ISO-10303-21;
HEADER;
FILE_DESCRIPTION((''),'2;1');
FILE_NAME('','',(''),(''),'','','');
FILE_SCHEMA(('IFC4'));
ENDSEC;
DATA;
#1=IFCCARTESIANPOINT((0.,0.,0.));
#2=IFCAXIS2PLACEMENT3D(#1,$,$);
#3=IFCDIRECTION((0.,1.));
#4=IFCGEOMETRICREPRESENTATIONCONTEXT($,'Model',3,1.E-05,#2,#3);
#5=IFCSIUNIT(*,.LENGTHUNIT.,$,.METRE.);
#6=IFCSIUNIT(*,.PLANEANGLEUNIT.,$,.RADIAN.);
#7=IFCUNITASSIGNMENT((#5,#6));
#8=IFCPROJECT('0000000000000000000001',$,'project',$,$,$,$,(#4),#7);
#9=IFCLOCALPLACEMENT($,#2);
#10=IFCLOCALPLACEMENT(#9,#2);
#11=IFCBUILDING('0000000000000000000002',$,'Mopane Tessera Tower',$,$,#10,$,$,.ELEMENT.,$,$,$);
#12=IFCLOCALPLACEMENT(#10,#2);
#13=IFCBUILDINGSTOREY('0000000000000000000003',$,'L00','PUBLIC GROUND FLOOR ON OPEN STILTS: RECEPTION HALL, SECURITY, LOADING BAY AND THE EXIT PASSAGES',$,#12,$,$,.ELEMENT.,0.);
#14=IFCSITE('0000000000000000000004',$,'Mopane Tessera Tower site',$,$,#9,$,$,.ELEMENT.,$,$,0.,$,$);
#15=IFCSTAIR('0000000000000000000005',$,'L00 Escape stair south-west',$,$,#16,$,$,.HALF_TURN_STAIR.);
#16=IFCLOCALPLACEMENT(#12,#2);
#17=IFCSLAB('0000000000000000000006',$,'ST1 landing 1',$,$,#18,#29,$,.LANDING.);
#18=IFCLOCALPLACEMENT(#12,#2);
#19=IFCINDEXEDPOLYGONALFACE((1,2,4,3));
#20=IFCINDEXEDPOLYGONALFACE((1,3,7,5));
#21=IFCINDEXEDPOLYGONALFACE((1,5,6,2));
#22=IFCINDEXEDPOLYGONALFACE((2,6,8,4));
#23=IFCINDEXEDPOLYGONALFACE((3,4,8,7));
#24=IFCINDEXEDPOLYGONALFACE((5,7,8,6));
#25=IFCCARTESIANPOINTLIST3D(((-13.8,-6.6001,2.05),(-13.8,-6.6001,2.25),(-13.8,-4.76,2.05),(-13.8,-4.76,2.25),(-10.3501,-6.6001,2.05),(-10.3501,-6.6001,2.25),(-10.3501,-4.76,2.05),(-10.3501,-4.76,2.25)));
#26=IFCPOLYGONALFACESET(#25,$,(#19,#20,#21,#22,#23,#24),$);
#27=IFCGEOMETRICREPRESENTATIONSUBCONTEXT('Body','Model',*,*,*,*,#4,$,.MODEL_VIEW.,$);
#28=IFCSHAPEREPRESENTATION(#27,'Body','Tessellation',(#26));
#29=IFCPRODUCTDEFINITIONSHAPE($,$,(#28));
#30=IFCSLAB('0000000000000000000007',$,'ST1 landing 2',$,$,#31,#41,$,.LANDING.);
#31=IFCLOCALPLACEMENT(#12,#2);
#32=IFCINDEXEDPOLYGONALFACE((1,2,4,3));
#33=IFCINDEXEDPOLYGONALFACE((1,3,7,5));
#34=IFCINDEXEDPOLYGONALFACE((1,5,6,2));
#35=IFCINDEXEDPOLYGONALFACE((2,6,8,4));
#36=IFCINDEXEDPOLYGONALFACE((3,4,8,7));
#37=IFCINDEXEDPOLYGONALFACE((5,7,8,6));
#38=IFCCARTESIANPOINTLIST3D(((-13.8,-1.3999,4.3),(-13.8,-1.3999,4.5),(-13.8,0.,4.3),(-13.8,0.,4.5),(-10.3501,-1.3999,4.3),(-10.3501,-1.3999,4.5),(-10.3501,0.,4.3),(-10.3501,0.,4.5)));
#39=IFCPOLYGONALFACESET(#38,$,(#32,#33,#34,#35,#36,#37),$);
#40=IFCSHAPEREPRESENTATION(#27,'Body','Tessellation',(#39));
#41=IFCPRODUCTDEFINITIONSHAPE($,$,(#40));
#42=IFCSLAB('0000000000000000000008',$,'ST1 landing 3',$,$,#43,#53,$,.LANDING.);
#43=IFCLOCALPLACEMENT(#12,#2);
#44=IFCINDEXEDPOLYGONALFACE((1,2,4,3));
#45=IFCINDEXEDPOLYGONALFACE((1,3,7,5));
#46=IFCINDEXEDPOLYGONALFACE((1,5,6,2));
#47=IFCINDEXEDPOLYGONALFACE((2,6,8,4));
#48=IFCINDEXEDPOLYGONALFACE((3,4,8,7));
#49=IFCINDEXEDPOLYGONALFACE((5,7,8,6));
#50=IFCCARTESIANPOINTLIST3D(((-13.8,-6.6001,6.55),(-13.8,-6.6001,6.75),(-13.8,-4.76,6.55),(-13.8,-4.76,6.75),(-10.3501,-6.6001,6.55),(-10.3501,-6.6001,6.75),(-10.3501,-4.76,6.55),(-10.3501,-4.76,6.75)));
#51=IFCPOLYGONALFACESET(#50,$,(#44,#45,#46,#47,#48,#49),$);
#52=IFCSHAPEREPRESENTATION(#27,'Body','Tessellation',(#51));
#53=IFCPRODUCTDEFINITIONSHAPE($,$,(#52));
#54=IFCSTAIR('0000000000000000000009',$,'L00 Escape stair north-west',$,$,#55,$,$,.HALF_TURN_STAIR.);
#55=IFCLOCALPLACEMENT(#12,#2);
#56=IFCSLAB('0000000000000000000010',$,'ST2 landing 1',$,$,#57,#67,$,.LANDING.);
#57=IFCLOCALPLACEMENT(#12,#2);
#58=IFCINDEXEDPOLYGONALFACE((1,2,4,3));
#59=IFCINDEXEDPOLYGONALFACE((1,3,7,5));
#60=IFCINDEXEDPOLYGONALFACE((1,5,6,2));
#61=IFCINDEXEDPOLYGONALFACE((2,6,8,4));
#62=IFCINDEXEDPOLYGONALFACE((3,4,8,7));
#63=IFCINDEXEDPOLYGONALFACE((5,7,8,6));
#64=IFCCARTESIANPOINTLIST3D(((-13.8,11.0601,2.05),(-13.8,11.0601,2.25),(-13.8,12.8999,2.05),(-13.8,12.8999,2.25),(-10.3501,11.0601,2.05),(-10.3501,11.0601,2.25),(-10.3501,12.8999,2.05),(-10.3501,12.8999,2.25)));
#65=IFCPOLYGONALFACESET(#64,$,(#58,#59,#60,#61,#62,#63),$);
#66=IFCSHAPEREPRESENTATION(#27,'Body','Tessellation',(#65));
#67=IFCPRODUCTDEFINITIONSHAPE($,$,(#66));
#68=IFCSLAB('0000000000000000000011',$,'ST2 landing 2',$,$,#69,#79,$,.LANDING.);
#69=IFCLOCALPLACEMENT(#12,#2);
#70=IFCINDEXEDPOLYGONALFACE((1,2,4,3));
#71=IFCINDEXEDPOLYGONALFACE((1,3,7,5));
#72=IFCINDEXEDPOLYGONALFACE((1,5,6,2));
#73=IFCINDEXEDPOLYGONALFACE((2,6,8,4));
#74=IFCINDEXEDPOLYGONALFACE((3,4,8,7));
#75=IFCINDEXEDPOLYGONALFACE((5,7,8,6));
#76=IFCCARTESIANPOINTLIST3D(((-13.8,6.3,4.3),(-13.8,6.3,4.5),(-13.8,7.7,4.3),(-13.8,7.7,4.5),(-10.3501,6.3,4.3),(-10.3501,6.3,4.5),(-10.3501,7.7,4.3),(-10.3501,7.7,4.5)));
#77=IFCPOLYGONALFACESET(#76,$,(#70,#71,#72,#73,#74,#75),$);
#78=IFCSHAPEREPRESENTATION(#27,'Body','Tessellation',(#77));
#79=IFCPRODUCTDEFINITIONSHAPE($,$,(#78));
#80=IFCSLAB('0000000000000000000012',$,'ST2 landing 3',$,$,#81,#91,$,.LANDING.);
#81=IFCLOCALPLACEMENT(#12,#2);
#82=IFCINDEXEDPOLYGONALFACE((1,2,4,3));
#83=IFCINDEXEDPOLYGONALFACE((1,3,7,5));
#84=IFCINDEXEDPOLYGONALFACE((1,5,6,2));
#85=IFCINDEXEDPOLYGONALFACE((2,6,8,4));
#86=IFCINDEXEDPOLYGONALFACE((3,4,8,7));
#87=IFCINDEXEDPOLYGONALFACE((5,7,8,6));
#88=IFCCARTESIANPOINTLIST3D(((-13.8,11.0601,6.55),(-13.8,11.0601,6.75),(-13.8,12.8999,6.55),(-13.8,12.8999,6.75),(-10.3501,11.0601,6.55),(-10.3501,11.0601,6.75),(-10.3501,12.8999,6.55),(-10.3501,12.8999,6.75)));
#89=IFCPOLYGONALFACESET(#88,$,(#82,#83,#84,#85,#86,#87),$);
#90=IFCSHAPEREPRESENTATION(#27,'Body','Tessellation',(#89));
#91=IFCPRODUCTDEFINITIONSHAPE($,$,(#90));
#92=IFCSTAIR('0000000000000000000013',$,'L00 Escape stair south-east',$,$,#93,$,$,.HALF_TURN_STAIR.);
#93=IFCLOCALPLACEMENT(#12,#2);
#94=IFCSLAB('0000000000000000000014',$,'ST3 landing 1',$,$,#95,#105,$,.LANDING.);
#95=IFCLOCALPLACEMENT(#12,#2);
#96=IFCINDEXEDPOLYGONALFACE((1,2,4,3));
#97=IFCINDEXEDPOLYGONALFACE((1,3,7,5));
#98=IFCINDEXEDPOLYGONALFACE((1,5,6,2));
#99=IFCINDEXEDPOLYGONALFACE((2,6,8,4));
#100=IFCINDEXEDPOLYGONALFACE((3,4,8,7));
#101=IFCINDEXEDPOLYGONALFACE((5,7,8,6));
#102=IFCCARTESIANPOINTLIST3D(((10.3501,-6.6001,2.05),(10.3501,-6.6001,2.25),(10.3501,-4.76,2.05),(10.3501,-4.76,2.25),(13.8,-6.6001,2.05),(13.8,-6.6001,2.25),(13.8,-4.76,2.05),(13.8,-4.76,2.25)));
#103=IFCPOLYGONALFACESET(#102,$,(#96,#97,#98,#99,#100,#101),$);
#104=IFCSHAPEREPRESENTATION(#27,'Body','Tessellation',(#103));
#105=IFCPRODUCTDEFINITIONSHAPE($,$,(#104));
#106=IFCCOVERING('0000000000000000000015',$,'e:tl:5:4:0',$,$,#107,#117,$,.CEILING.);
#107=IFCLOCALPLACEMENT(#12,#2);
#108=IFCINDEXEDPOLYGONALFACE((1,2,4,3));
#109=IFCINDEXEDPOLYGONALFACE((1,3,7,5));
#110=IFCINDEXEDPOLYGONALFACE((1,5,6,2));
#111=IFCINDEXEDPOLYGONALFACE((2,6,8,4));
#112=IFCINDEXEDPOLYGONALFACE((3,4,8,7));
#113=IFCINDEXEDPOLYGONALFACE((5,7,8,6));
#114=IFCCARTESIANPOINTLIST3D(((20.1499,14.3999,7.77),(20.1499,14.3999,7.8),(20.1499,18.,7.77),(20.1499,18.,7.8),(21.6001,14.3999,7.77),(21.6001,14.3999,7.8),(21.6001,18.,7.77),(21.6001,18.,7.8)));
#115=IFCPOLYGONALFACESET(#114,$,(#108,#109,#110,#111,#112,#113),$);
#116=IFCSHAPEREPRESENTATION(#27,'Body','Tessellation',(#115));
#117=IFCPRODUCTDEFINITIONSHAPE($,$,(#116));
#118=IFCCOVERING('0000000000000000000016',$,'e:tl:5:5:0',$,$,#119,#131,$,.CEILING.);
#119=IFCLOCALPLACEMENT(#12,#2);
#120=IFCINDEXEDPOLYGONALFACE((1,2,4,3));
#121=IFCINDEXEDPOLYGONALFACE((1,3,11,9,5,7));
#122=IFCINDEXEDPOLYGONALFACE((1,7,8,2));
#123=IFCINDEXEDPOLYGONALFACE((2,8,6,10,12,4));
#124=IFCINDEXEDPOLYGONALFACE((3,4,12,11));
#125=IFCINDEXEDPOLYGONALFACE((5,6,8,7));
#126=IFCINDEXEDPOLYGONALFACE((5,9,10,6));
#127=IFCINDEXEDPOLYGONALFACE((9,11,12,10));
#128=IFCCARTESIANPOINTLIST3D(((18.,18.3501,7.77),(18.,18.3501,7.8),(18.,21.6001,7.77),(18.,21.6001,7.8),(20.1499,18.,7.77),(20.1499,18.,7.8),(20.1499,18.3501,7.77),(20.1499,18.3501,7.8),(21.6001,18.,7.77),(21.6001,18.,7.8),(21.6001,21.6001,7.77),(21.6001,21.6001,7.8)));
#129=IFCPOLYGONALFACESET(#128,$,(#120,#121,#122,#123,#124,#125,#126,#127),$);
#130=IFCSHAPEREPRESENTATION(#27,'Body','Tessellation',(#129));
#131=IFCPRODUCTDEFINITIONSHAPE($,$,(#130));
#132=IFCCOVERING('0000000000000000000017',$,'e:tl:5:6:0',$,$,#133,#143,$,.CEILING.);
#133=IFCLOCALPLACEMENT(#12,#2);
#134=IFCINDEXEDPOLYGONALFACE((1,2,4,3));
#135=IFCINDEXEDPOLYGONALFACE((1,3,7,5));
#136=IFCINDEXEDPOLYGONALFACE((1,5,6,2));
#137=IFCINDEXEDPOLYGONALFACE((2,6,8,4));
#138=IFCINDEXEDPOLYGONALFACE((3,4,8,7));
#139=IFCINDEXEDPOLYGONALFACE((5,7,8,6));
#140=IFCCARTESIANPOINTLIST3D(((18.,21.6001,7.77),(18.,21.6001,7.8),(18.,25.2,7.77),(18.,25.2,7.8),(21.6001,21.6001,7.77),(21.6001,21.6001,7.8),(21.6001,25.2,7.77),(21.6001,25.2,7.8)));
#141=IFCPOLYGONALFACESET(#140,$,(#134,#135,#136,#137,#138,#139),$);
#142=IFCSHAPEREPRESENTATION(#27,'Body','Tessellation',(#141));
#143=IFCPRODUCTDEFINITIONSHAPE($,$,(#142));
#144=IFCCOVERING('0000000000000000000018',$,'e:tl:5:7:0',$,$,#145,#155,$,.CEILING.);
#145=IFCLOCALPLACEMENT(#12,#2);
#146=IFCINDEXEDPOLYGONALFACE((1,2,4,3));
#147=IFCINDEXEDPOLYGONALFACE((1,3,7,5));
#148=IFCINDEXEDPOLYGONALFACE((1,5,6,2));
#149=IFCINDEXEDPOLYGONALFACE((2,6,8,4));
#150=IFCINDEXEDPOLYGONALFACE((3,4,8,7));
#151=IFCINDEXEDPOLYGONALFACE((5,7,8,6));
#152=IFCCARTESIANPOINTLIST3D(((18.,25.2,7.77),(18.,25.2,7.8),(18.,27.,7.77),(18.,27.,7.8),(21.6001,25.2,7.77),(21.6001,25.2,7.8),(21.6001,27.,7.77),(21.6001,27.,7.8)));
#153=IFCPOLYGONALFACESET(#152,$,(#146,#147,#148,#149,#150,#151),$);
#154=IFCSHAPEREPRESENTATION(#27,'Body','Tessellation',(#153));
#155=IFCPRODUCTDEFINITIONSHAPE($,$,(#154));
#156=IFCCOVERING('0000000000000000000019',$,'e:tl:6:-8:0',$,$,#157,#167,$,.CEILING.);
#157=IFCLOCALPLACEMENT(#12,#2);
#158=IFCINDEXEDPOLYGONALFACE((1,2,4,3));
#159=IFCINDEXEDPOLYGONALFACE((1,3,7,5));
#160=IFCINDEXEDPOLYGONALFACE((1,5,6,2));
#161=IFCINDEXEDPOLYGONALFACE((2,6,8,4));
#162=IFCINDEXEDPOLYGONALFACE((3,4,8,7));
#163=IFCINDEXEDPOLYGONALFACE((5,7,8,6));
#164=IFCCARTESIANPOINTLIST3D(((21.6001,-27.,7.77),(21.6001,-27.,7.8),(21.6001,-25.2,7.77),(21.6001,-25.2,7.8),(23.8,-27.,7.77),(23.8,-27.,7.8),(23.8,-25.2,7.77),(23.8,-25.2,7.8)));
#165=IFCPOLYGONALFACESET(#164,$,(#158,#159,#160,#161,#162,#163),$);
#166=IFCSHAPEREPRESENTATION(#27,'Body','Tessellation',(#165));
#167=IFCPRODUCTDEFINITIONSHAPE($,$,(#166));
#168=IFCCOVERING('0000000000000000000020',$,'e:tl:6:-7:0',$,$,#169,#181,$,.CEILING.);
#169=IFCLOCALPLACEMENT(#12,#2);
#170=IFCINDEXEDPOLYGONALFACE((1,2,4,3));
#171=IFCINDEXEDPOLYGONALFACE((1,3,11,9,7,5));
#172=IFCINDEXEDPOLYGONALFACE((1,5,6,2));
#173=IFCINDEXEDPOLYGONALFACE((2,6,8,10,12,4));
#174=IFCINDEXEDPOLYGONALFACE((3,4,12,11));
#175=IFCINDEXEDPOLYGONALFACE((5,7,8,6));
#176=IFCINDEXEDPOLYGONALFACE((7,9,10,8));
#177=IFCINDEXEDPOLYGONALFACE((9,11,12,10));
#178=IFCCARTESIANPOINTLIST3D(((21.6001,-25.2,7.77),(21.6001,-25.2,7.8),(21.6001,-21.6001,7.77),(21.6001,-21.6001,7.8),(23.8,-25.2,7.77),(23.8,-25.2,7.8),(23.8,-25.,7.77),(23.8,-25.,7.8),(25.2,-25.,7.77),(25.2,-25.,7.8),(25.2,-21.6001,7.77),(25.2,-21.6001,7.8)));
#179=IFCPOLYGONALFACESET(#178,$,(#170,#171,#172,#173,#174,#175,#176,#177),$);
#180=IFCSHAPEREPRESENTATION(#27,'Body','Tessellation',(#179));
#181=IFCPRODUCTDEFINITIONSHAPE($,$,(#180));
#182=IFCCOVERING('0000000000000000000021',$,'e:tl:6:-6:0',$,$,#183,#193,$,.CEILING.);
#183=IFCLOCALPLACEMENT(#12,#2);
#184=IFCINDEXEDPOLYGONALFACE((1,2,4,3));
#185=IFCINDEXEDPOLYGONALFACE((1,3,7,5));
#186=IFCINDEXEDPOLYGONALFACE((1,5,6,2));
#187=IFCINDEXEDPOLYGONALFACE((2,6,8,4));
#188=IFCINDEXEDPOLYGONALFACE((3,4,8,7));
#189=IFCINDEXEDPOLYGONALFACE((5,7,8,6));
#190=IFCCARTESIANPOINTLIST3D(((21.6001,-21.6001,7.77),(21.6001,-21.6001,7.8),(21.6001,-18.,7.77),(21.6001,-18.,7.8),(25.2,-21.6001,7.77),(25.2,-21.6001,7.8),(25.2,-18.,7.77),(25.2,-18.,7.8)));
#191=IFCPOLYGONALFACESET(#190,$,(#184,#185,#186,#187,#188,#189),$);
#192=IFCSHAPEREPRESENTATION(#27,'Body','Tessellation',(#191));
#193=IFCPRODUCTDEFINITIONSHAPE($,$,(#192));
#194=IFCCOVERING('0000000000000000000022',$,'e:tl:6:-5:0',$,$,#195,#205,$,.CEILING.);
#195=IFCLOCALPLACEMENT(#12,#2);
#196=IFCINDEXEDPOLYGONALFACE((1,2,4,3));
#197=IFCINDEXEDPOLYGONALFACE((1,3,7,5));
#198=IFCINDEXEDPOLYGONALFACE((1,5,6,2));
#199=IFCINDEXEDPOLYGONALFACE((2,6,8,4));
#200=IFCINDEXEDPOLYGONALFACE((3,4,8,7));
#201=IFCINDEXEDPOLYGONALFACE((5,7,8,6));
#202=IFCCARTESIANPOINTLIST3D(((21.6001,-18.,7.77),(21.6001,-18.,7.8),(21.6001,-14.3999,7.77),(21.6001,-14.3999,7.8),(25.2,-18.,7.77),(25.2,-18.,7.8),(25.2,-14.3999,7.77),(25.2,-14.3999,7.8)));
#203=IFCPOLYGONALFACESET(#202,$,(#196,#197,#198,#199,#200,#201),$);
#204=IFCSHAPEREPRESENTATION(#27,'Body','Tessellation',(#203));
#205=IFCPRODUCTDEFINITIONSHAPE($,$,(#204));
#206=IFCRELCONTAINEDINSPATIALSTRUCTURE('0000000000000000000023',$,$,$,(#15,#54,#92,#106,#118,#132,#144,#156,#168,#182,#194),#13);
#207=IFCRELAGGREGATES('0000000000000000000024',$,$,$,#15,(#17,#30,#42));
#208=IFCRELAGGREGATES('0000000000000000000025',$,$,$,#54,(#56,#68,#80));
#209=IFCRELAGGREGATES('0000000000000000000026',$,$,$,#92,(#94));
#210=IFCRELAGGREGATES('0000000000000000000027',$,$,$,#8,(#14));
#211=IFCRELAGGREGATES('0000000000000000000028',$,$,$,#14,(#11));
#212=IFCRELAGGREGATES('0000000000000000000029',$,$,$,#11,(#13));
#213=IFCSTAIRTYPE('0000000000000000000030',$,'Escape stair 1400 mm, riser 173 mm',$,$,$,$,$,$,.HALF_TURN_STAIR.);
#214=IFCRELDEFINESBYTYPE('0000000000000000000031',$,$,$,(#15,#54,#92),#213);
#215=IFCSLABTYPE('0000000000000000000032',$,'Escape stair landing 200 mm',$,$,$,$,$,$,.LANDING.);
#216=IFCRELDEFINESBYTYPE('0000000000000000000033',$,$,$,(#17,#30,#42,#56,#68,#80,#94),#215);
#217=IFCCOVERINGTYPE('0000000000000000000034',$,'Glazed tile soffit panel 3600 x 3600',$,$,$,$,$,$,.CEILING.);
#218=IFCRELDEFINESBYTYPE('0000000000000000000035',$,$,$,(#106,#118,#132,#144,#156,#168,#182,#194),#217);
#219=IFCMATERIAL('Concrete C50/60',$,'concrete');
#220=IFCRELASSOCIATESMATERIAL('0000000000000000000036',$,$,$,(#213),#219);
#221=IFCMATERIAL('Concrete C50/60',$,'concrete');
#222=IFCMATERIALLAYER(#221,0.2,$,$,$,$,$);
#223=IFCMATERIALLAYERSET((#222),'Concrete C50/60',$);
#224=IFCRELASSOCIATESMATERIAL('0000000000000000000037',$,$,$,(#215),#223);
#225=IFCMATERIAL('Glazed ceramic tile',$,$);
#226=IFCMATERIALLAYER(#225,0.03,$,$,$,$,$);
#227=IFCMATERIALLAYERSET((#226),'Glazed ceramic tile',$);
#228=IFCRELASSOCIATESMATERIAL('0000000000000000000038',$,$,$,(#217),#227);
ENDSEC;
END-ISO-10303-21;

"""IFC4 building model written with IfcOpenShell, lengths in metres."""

from ifc_helpers import new_model, si_unit, direction, frame, origin, place, context, subcontext, project, spatial, polyline, outline, extrude, material, layer, layer_set, type_object, element, aggregate, save


model = new_model("IFC4")

# Units and contexts
model_context = context("Model", 3, precision=1e-05, world=origin(), true_north=direction((0.0, 1.0)))
body_context = subcontext(model_context, "Body", "Model", "MODEL_VIEW")
ifc_project = project(units=[si_unit("LENGTHUNIT", "METRE"), si_unit("PLANEANGLEUNIT", "RADIAN")], contexts=[model_context])

# Site, building, storey
site_placement = place(None, origin())
site = spatial("IfcSite", under=ifc_project, at=site_placement, Name="Mopane Tessera Tower site", CompositionType="ELEMENT", RefElevation=0.0)
building_placement = place(site_placement, origin())
building = spatial("IfcBuilding", under=site, at=building_placement, Name="Mopane Tessera Tower", CompositionType="ELEMENT")
storey_placement = place(building_placement, origin())
storey = spatial("IfcBuildingStorey", under=building, at=storey_placement, Name="L00", Description="PUBLIC GROUND FLOOR ON OPEN STILTS: RECEPTION HALL, SECURITY, LOADING BAY AND THE EXIT PASSAGES", CompositionType="ELEMENT", Elevation=0.0)

# Stairs, slabs
ifc_material_1 = material(Name="Concrete C50/60", Category="concrete")
stair_type = type_object("IfcStairType", Name="Escape stair 1400 mm, riser 173 mm", PredefinedType="HALF_TURN_STAIR", material=ifc_material_1)
stair_1_placement = place(storey_placement, origin())
stair_1 = element("IfcStair", 1, at=stair_1_placement, inside=storey, type_object=stair_type, Name="L00 Escape stair south-west", PredefinedType="HALF_TURN_STAIR")
ifc_material_2 = material(Name="Concrete C50/60", Category="concrete")
ifc_layer_1 = layer(ifc_material_2, 0.2)
ifc_layer_set_1 = layer_set([ifc_layer_1], Name="Concrete C50/60")
slab_type = type_object("IfcSlabType", Name="Escape stair landing 200 mm", PredefinedType="LANDING", material=ifc_layer_set_1)
slab_1_placement = place(storey_placement, frame((0.0, 0.0, 2.05)))
slab_1 = element("IfcSlab", 2, at=slab_1_placement, type_object=slab_type, Name="ST1 landing 1", PredefinedType="LANDING", context=body_context, shape_type="SweptSolid", body=[
    extrude(outline(polyline([(-13.8, -4.76), (-13.8, -6.6001), (-10.3501, -6.6001), (-10.3501, -4.76), (-13.8, -4.76)])), origin(), (0.0, 0.0, 1.0), 0.2),
])
slab_2_placement = place(storey_placement, frame((0.0, 0.0, 4.3)))
slab_2 = element("IfcSlab", 3, at=slab_2_placement, type_object=slab_type, Name="ST1 landing 2", PredefinedType="LANDING", context=body_context, shape_type="SweptSolid", body=[
    extrude(outline(polyline([(-13.8, 0.0), (-13.8, -1.3999), (-10.3501, -1.3999), (-10.3501, 0.0), (-13.8, 0.0)])), origin(), (0.0, 0.0, 1.0), 0.2),
])
slab_3_placement = place(storey_placement, frame((0.0, 0.0, 6.55)))
slab_3 = element("IfcSlab", 4, at=slab_3_placement, type_object=slab_type, Name="ST1 landing 3", PredefinedType="LANDING", context=body_context, shape_type="SweptSolid", body=[
    extrude(outline(polyline([(-13.8, -4.76), (-13.8, -6.6001), (-10.3501, -6.6001), (-10.3501, -4.76), (-13.8, -4.76)])), origin(), (0.0, 0.0, 1.0), 0.2),
])
aggregate(stair_1, [slab_1, slab_2, slab_3])
stair_2_placement = place(storey_placement, origin())
stair_2 = element("IfcStair", 5, at=stair_2_placement, inside=storey, type_object=stair_type, Name="L00 Escape stair north-west", PredefinedType="HALF_TURN_STAIR")
slab_4_placement = place(storey_placement, frame((0.0, 0.0, 2.05)))
slab_4 = element("IfcSlab", 6, at=slab_4_placement, type_object=slab_type, Name="ST2 landing 1", PredefinedType="LANDING", context=body_context, shape_type="SweptSolid", body=[
    extrude(outline(polyline([(-10.3501, 11.0601), (-10.3501, 12.8999), (-13.8, 12.8999), (-13.8, 11.0601), (-10.3501, 11.0601)])), origin(), (0.0, 0.0, 1.0), 0.2),
])
slab_5_placement = place(storey_placement, frame((0.0, 0.0, 4.3)))
slab_5 = element("IfcSlab", 7, at=slab_5_placement, type_object=slab_type, Name="ST2 landing 2", PredefinedType="LANDING", context=body_context, shape_type="SweptSolid", body=[
    extrude(outline(polyline([(-10.3501, 6.3), (-10.3501, 7.7), (-13.8, 7.7), (-13.8, 6.3), (-10.3501, 6.3)])), origin(), (0.0, 0.0, 1.0), 0.2),
])
slab_6_placement = place(storey_placement, frame((0.0, 0.0, 6.55)))
slab_6 = element("IfcSlab", 8, at=slab_6_placement, type_object=slab_type, Name="ST2 landing 3", PredefinedType="LANDING", context=body_context, shape_type="SweptSolid", body=[
    extrude(outline(polyline([(-10.3501, 11.0601), (-10.3501, 12.8999), (-13.8, 12.8999), (-13.8, 11.0601), (-10.3501, 11.0601)])), origin(), (0.0, 0.0, 1.0), 0.2),
])
aggregate(stair_2, [slab_4, slab_5, slab_6])

# Stair, slab
stair_3_placement = place(storey_placement, origin())
stair_3 = element("IfcStair", 9, at=stair_3_placement, inside=storey, type_object=stair_type, Name="L00 Escape stair south-east", PredefinedType="HALF_TURN_STAIR")
slab_7_placement = place(storey_placement, frame((0.0, 0.0, 2.05)))
slab_7 = element("IfcSlab", 10, at=slab_7_placement, type_object=slab_type, Name="ST3 landing 1", PredefinedType="LANDING", context=body_context, shape_type="SweptSolid", body=[
    extrude(outline(polyline([(10.3501, -4.76), (10.3501, -6.6001), (13.8, -6.6001), (13.8, -4.76), (10.3501, -4.76)])), origin(), (0.0, 0.0, 1.0), 0.2),
])
aggregate(stair_3, [slab_7])

# Coverings
ifc_material_3 = material(Name="Glazed ceramic tile")
ifc_layer_2 = layer(ifc_material_3, 0.03)
ifc_layer_set_2 = layer_set([ifc_layer_2], Name="Glazed ceramic tile")
covering_type = type_object("IfcCoveringType", Name="Glazed tile soffit panel 3600 x 3600", PredefinedType="CEILING", material=ifc_layer_set_2)
covering_1_placement = place(storey_placement, frame((0.0, 0.0, 7.77)))
element("IfcCovering", 11, at=covering_1_placement, inside=storey, type_object=covering_type, Name="e:tl:5:4:0", PredefinedType="CEILING", context=body_context, shape_type="SweptSolid", body=[
    extrude(outline(polyline([(20.1499, 18.0), (21.6001, 18.0), (21.6001, 14.3999), (20.1499, 14.3999), (20.1499, 18.0)])), origin(), (0.0, 0.0, 1.0), 0.03),
])
covering_2_placement = place(storey_placement, frame((0.0, 0.0, 7.77)))
element("IfcCovering", 12, at=covering_2_placement, inside=storey, type_object=covering_type, Name="e:tl:5:5:0", PredefinedType="CEILING", context=body_context, shape_type="SweptSolid", body=[
    extrude(outline(polyline([(20.1499, 18.3501), (18.0, 18.3501), (18.0, 21.6001), (21.6001, 21.6001), (21.6001, 18.0), (20.1499, 18.0), (20.1499, 18.3501)])), origin(), (0.0, 0.0, 1.0), 0.03),
])
covering_3_placement = place(storey_placement, frame((0.0, 0.0, 7.77)))
element("IfcCovering", 13, at=covering_3_placement, inside=storey, type_object=covering_type, Name="e:tl:5:6:0", PredefinedType="CEILING", context=body_context, shape_type="SweptSolid", body=[
    extrude(outline(polyline([(18.0, 21.6001), (18.0, 25.2), (21.6001, 25.2), (21.6001, 21.6001), (18.0, 21.6001)])), origin(), (0.0, 0.0, 1.0), 0.03),
])
covering_4_placement = place(storey_placement, frame((0.0, 0.0, 7.77)))
element("IfcCovering", 14, at=covering_4_placement, inside=storey, type_object=covering_type, Name="e:tl:5:7:0", PredefinedType="CEILING", context=body_context, shape_type="SweptSolid", body=[
    extrude(outline(polyline([(21.6001, 27.0), (21.6001, 25.2), (18.0, 25.2), (18.0, 27.0), (21.6001, 27.0)])), origin(), (0.0, 0.0, 1.0), 0.03),
])
covering_5_placement = place(storey_placement, frame((0.0, 0.0, 7.77)))
element("IfcCovering", 15, at=covering_5_placement, inside=storey, type_object=covering_type, Name="e:tl:6:-8:0", PredefinedType="CEILING", context=body_context, shape_type="SweptSolid", body=[
    extrude(outline(polyline([(23.8, -27.0), (21.6001, -27.0), (21.6001, -25.2), (23.8, -25.2), (23.8, -27.0)])), origin(), (0.0, 0.0, 1.0), 0.03),
])
covering_6_placement = place(storey_placement, frame((0.0, 0.0, 7.77)))
element("IfcCovering", 16, at=covering_6_placement, inside=storey, type_object=covering_type, Name="e:tl:6:-7:0", PredefinedType="CEILING", context=body_context, shape_type="SweptSolid", body=[
    extrude(outline(polyline([(23.8, -25.0), (23.8, -25.2), (21.6001, -25.2), (21.6001, -21.6001), (25.2, -21.6001), (25.2, -25.0), (23.8, -25.0)])), origin(), (0.0, 0.0, 1.0), 0.03),
])
covering_7_placement = place(storey_placement, frame((0.0, 0.0, 7.77)))
element("IfcCovering", 17, at=covering_7_placement, inside=storey, type_object=covering_type, Name="e:tl:6:-6:0", PredefinedType="CEILING", context=body_context, shape_type="SweptSolid", body=[
    extrude(outline(polyline([(21.6001, -21.6001), (21.6001, -18.0), (25.2, -18.0), (25.2, -21.6001), (21.6001, -21.6001)])), origin(), (0.0, 0.0, 1.0), 0.03),
])
covering_8_placement = place(storey_placement, frame((0.0, 0.0, 7.77)))
element("IfcCovering", 18, at=covering_8_placement, inside=storey, type_object=covering_type, Name="e:tl:6:-5:0", PredefinedType="CEILING", context=body_context, shape_type="SweptSolid", body=[
    extrude(outline(polyline([(21.6001, -18.0), (21.6001, -14.3999), (25.2, -14.3999), (25.2, -18.0), (21.6001, -18.0)])), origin(), (0.0, 0.0, 1.0), 0.03),
])

save(model, "model.ifc")
